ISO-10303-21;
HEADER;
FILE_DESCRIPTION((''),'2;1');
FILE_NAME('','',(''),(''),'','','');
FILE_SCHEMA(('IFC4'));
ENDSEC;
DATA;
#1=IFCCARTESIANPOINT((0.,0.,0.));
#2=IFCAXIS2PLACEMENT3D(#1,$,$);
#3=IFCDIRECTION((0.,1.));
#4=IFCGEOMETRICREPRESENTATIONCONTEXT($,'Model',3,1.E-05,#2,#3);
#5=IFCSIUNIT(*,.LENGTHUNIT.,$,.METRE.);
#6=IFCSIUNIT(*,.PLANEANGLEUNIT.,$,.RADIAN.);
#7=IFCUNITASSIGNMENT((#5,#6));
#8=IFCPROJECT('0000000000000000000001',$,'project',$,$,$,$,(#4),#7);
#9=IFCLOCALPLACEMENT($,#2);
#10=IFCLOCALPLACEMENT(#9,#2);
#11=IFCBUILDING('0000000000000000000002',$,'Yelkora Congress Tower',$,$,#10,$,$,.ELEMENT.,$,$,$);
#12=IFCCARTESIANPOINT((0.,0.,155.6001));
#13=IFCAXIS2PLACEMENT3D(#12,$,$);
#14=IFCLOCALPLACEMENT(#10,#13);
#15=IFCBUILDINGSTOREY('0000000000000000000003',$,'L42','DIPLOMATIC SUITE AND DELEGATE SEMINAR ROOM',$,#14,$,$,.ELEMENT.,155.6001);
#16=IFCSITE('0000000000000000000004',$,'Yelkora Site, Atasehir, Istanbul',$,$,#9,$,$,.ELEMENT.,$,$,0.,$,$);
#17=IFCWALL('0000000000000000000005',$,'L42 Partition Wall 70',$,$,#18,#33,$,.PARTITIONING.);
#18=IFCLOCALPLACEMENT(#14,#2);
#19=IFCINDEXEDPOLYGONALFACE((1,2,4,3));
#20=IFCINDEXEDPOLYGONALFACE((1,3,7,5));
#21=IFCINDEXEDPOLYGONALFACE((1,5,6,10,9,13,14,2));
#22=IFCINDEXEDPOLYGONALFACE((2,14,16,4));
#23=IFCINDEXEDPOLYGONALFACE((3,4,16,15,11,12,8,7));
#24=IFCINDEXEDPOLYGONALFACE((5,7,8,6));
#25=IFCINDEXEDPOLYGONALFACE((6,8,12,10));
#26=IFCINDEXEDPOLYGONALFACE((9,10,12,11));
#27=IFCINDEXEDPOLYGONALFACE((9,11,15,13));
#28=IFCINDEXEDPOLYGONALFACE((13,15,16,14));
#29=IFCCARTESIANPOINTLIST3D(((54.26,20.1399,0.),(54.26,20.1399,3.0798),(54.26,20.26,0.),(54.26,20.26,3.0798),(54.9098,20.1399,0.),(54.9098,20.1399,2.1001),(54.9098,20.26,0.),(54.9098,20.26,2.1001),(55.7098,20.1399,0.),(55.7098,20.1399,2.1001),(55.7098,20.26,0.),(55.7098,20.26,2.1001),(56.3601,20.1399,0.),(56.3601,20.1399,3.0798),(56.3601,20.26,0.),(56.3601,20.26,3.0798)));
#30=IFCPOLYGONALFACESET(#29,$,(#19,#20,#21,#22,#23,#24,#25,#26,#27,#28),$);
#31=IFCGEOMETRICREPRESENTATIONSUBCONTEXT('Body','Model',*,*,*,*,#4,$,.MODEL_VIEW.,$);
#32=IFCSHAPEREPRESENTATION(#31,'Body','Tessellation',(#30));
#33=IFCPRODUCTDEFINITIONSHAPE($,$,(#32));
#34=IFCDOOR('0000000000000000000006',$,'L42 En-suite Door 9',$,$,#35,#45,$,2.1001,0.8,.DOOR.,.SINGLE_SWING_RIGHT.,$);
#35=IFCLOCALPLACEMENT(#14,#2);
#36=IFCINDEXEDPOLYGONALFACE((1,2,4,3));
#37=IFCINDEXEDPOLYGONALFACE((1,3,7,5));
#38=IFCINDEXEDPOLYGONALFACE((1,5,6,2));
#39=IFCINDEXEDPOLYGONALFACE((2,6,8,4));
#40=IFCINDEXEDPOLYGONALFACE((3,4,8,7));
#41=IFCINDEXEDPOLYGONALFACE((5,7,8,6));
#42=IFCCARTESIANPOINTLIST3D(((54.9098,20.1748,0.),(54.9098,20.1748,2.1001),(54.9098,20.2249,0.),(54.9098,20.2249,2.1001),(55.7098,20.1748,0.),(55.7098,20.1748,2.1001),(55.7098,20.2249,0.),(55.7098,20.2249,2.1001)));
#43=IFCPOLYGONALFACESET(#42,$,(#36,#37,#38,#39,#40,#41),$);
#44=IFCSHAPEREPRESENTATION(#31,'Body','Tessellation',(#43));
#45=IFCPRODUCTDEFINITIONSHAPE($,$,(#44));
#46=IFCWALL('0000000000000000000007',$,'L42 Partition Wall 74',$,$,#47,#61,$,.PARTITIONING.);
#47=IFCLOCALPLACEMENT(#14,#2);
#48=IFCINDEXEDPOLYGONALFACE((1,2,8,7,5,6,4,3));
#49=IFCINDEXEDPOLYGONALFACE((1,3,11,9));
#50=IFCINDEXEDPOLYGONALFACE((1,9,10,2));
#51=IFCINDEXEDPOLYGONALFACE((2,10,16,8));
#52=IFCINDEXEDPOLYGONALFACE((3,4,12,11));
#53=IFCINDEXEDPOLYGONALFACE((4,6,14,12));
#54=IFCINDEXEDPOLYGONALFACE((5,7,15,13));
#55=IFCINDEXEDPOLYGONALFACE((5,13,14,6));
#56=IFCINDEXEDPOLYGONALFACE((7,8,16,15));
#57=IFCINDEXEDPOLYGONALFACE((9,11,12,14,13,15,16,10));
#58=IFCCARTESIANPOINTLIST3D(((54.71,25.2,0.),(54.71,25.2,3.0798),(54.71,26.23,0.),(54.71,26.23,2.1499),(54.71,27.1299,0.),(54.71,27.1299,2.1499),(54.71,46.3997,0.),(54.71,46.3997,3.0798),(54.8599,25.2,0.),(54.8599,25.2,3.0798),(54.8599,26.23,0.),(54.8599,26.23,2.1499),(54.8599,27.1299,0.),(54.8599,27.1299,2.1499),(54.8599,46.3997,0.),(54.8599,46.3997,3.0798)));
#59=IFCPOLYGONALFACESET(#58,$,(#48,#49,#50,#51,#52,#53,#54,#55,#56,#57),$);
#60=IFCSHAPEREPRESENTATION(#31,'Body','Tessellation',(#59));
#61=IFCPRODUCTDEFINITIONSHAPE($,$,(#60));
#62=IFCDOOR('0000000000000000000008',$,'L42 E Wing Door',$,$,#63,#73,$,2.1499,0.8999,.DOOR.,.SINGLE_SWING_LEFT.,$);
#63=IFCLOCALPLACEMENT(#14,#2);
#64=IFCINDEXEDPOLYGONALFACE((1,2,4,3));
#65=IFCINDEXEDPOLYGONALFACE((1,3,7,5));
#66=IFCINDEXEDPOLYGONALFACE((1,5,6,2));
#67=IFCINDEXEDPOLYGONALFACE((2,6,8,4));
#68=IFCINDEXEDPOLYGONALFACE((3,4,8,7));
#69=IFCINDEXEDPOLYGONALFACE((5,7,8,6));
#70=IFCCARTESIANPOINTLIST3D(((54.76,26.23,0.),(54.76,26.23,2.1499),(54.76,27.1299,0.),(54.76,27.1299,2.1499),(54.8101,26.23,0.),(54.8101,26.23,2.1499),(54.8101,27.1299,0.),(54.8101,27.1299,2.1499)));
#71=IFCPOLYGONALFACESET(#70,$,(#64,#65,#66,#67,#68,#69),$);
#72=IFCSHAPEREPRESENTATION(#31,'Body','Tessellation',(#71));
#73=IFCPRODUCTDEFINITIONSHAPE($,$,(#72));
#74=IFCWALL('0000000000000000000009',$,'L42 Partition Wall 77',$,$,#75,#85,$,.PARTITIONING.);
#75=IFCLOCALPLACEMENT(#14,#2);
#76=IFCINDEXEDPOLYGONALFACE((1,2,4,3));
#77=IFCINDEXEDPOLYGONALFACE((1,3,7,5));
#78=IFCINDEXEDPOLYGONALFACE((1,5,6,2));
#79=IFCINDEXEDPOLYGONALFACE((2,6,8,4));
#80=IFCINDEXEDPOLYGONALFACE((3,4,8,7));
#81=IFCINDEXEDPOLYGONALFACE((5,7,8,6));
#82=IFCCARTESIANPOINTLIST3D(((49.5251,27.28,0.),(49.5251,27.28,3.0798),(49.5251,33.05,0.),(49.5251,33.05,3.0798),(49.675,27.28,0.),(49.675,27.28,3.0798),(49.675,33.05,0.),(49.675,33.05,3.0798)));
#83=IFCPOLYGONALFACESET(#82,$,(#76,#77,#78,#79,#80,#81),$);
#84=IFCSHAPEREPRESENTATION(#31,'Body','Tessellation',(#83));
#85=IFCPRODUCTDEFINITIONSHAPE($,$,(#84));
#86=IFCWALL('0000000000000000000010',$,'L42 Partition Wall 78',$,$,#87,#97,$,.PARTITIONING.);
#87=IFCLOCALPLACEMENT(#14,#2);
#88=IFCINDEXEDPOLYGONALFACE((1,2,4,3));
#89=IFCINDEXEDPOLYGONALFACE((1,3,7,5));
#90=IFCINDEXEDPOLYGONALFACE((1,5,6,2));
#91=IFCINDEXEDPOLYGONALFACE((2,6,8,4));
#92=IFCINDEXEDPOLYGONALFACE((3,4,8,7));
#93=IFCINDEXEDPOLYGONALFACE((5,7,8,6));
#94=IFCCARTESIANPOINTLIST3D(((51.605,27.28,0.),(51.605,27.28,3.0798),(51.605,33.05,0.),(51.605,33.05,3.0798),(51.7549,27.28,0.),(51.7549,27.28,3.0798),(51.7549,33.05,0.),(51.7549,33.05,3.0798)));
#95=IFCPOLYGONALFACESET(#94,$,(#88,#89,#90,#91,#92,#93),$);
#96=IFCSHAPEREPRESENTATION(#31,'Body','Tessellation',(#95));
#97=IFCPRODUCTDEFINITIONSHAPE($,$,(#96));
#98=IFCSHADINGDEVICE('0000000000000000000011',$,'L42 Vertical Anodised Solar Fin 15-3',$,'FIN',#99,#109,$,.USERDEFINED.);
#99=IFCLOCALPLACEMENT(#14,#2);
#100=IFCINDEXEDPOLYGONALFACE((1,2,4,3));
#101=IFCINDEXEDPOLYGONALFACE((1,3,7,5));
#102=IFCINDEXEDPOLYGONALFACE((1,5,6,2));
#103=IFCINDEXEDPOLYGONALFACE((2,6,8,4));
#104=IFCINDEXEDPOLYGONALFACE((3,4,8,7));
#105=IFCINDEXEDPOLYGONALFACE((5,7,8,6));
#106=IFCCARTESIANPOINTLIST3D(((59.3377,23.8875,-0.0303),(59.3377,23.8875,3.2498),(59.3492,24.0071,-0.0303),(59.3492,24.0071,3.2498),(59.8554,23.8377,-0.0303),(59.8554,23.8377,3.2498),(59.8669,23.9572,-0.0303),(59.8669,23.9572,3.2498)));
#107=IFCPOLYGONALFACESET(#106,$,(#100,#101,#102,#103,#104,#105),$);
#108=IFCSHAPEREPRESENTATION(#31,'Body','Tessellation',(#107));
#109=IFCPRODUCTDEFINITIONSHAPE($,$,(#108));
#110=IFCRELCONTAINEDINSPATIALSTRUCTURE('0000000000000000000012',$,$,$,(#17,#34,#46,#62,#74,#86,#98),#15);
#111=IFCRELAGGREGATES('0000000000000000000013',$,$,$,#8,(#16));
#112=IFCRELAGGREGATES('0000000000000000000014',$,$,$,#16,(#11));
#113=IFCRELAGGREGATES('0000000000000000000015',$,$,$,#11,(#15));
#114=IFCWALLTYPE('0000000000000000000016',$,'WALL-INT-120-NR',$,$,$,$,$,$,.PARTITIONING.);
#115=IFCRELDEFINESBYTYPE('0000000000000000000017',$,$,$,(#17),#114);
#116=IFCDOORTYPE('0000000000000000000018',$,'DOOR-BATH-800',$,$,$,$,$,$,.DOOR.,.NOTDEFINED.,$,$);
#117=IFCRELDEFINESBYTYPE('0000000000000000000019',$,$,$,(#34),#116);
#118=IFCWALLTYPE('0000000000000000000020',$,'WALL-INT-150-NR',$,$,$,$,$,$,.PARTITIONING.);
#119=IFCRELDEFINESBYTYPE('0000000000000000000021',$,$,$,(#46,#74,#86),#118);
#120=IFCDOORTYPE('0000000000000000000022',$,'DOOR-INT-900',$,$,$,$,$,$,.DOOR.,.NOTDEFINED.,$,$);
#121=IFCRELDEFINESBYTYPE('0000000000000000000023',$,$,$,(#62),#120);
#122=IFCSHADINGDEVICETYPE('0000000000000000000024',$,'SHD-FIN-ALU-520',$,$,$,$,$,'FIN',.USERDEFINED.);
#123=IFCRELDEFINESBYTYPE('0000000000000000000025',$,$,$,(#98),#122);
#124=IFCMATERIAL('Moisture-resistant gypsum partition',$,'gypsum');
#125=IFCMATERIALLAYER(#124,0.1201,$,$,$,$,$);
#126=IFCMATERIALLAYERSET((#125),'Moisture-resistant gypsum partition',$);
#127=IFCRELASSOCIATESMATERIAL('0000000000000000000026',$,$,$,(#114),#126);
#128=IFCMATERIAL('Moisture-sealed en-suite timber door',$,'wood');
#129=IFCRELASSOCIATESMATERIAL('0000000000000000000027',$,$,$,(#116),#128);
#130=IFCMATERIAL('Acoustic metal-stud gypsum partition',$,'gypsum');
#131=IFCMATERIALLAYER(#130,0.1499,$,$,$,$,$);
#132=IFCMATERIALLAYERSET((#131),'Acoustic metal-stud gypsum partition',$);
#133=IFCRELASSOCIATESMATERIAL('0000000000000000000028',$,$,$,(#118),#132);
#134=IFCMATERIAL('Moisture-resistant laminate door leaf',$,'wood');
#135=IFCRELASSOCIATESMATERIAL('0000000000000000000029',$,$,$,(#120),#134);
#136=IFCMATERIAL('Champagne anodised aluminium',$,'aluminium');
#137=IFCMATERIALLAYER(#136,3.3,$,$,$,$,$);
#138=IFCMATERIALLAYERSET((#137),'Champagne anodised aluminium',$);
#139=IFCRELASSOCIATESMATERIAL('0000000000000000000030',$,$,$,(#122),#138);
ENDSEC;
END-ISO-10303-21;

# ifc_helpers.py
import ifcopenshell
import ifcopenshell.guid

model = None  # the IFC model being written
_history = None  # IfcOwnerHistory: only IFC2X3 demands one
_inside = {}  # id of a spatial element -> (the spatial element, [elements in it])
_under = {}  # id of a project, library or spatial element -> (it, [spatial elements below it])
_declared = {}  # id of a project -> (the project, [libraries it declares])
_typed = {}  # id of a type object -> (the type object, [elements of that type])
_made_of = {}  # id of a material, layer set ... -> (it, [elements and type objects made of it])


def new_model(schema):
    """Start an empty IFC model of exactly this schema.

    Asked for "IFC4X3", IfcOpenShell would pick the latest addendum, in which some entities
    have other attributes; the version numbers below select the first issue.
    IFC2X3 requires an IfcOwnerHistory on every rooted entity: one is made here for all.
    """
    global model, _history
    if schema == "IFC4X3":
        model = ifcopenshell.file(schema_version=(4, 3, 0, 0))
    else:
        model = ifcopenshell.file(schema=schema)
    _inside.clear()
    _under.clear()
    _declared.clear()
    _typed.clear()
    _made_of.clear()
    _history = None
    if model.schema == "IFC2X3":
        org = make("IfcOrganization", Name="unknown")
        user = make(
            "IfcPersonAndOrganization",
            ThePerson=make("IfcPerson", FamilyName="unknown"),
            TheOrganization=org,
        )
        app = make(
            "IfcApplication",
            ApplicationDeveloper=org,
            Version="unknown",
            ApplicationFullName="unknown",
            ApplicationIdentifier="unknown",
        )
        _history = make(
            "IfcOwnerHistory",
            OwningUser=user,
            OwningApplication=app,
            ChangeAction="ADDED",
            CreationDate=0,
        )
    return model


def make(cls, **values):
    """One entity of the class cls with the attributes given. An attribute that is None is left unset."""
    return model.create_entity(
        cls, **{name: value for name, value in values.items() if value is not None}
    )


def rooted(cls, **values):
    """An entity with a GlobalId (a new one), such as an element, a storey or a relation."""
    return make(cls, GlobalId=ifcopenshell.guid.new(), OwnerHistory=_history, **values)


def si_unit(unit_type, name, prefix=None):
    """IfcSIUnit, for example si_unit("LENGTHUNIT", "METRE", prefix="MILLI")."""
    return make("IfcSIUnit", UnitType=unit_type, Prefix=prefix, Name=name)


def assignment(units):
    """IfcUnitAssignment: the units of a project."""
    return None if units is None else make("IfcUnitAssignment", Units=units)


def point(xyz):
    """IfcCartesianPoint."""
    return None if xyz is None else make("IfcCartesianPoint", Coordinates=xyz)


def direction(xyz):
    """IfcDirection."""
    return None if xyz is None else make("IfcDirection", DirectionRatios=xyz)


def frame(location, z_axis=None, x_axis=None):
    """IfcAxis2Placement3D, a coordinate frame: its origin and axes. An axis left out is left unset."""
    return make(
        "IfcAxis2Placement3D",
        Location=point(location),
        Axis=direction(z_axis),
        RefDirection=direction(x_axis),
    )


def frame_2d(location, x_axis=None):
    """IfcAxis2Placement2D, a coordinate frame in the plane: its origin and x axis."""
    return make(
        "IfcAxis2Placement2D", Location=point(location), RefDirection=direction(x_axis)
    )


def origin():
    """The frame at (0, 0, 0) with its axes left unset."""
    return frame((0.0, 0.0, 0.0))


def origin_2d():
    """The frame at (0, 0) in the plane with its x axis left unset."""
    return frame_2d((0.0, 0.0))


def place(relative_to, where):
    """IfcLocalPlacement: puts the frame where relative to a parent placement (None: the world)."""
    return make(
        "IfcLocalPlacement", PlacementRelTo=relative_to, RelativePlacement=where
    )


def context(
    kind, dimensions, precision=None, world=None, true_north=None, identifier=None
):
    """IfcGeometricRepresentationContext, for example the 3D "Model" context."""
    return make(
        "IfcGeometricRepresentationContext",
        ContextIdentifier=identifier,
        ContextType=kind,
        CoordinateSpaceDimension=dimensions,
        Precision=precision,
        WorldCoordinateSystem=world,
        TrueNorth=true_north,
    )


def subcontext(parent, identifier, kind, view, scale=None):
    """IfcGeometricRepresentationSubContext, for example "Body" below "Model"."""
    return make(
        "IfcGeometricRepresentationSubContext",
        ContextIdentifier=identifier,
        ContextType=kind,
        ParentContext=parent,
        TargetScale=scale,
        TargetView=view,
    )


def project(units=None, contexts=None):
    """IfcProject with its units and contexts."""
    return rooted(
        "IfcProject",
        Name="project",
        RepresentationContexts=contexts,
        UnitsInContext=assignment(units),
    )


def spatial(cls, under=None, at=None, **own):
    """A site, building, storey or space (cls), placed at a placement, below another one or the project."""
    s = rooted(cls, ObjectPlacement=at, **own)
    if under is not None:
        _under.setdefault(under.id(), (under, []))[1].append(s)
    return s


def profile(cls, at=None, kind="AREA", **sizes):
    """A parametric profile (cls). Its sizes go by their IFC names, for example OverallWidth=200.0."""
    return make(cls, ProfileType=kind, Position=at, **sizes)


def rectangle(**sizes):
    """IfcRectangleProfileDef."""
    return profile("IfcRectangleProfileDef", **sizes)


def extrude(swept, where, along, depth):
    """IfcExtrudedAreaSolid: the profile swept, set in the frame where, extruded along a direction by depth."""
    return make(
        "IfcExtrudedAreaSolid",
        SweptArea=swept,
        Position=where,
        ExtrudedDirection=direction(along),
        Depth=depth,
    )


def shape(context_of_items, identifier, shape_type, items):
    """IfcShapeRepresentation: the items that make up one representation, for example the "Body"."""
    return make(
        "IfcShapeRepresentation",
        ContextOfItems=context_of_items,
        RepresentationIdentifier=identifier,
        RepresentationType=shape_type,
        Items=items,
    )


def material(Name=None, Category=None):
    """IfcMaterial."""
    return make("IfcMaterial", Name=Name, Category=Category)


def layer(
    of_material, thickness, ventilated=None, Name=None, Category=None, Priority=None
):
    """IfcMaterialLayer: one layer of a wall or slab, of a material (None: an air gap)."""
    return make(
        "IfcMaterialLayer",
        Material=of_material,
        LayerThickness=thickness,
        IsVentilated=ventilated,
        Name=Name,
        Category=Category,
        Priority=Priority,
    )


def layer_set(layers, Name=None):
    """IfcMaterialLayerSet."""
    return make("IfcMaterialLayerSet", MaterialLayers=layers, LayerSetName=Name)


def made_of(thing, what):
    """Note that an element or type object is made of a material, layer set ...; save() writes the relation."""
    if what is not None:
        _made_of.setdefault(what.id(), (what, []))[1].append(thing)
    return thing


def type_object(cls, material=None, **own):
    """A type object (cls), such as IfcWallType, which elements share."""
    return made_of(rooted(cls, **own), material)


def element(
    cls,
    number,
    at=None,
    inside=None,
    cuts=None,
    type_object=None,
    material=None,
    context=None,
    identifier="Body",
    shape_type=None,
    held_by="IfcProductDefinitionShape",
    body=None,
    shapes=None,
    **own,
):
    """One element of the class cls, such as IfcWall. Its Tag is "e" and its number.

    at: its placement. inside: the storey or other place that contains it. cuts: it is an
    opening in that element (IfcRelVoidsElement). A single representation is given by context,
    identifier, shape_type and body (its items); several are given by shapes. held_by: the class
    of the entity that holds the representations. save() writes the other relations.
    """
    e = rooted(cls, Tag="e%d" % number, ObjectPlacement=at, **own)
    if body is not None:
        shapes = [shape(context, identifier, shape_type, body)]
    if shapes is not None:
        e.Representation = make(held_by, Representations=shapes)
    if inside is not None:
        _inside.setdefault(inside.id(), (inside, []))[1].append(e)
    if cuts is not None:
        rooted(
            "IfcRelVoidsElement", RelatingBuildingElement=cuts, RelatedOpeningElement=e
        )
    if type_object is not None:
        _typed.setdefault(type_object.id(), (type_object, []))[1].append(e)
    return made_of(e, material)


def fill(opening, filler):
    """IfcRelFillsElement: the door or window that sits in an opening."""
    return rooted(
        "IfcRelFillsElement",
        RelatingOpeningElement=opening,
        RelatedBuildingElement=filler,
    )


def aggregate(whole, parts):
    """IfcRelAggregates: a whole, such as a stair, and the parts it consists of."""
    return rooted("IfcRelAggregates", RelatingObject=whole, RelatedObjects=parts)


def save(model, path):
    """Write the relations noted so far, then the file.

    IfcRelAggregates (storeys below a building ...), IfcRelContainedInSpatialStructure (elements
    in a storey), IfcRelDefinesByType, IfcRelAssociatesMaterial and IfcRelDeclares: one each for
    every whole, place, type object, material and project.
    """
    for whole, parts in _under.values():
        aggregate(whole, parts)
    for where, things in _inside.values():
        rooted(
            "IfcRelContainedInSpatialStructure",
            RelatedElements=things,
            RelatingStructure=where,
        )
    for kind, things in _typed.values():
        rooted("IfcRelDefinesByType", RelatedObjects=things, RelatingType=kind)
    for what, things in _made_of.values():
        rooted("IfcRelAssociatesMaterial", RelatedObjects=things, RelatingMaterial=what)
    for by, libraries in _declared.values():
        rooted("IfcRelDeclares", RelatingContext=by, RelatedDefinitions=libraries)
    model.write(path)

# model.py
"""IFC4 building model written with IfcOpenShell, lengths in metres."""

from ifc_helpers import new_model, si_unit, direction, frame, frame_2d, origin, origin_2d, place, context, subcontext, project, spatial, rectangle, extrude, material, layer, layer_set, type_object, element, fill, save


model = new_model("IFC4")

# Units and contexts
model_context = context("Model", 3, precision=1e-05, world=origin(), true_north=direction((0.0, 1.0)))
body_context = subcontext(model_context, "Body", "Model", "MODEL_VIEW")
ifc_project = project(units=[si_unit("LENGTHUNIT", "METRE"), si_unit("PLANEANGLEUNIT", "RADIAN")], contexts=[model_context])

# Site, building, storey
site_placement = place(None, origin())
site = spatial("IfcSite", under=ifc_project, at=site_placement, Name="Yelkora Site, Atasehir, Istanbul", CompositionType="ELEMENT", RefElevation=0.0)
building_placement = place(site_placement, origin())
building = spatial("IfcBuilding", under=site, at=building_placement, Name="Yelkora Congress Tower", CompositionType="ELEMENT")
storey_placement = place(building_placement, frame((0.0, 0.0, 155.6001)))
storey = spatial("IfcBuildingStorey", under=building, at=storey_placement, Name="L42", Description="DIPLOMATIC SUITE AND DELEGATE SEMINAR ROOM", CompositionType="ELEMENT", Elevation=155.6001)

# Shared definitions
ifc_material_1 = material(Name="Moisture-resistant gypsum partition", Category="gypsum")
ifc_layer_1 = layer(ifc_material_1, 0.1201)
ifc_layer_set_1 = layer_set([ifc_layer_1], Name="Moisture-resistant gypsum partition")
wall_type_1 = type_object("IfcWallType", Name="WALL-INT-120-NR", PredefinedType="PARTITIONING", material=ifc_layer_set_1)

# Walls, openings, doors
wall_1_placement = place(storey_placement, frame((54.26, 20.2, 0.0), z_axis=(0.0, 0.0, 1.0), x_axis=(1.0, 0.0, 0.0)))
wall_1 = element("IfcWall", 1, at=wall_1_placement, inside=storey, type_object=wall_type_1, Name="L42 Partition Wall 70", PredefinedType="PARTITIONING", context=body_context, shape_type="SweptSolid", body=[
    extrude(rectangle(XDim=2.1001, YDim=0.1201, at=frame_2d((1.05, 0.0))), origin(), (0.0, 0.0, 1.0), 3.0798),
])
opening_1_placement = place(wall_1_placement, frame((0.6499, 0.0, 0.0)))
opening_1 = element("IfcOpeningElement", 2, at=opening_1_placement, cuts=wall_1, PredefinedType="OPENING", context=body_context, shape_type="SweptSolid", body=[
    extrude(rectangle(XDim=0.8, YDim=2.1001, at=frame_2d((0.3999, 1.05))), frame((0.0, 0.0701, 0.0), z_axis=(0.0, -1.0, 0.0), x_axis=(1.0, 0.0, 0.0)), (0.0, 0.0, 1.0), 0.1401),
])
ifc_material_2 = material(Name="Moisture-sealed en-suite timber door", Category="wood")
door_type_1 = type_object("IfcDoorType", Name="DOOR-BATH-800", OperationType="NOTDEFINED", PredefinedType="DOOR", material=ifc_material_2)
door_1_placement = place(opening_1_placement, origin())
door_1 = element("IfcDoor", 3, at=door_1_placement, inside=storey, type_object=door_type_1, Name="L42 En-suite Door 9", OperationType="SINGLE_SWING_RIGHT", OverallHeight=2.1001, OverallWidth=0.8, PredefinedType="DOOR", context=body_context, shape_type="SweptSolid", body=[
    extrude(rectangle(XDim=0.8, YDim=2.1001, at=frame_2d((0.3999, 1.05))), frame((0.0, 0.0249, 0.0), z_axis=(0.0, -1.0, 0.0), x_axis=(1.0, 0.0, 0.0)), (0.0, 0.0, 1.0), 0.05),
])
fill(opening_1, door_1)
ifc_material_3 = material(Name="Acoustic metal-stud gypsum partition", Category="gypsum")
ifc_layer_2 = layer(ifc_material_3, 0.1499)
ifc_layer_set_2 = layer_set([ifc_layer_2], Name="Acoustic metal-stud gypsum partition")
wall_type_2 = type_object("IfcWallType", Name="WALL-INT-150-NR", PredefinedType="PARTITIONING", material=ifc_layer_set_2)
wall_2_placement = place(storey_placement, frame((54.7849, 25.2, 0.0), z_axis=(0.0, 0.0, 1.0), x_axis=(0.0, 1.0, 0.0)))
wall_2 = element("IfcWall", 4, at=wall_2_placement, inside=storey, type_object=wall_type_2, Name="L42 Partition Wall 74", PredefinedType="PARTITIONING", context=body_context, shape_type="SweptSolid", body=[
    extrude(rectangle(XDim=21.1997, YDim=0.1499, at=frame_2d((10.5999, 0.0))), origin(), (0.0, 0.0, 1.0), 3.0798),
])
opening_2_placement = place(wall_2_placement, frame((1.03, 0.0, 0.0)))
opening_2 = element("IfcOpeningElement", 5, at=opening_2_placement, cuts=wall_2, PredefinedType="OPENING", context=body_context, shape_type="SweptSolid", body=[
    extrude(rectangle(XDim=0.8999, YDim=2.1499, at=frame_2d((0.45, 1.075))), frame((0.0, 0.085, 0.0), z_axis=(0.0, -1.0, 0.0), x_axis=(1.0, 0.0, 0.0)), (0.0, 0.0, 1.0), 0.1699),
])
ifc_material_4 = material(Name="Moisture-resistant laminate door leaf", Category="wood")
door_type_2 = type_object("IfcDoorType", Name="DOOR-INT-900", OperationType="NOTDEFINED", PredefinedType="DOOR", material=ifc_material_4)
door_2_placement = place(opening_2_placement, origin())
door_2 = element("IfcDoor", 6, at=door_2_placement, inside=storey, type_object=door_type_2, Name="L42 E Wing Door", OperationType="SINGLE_SWING_LEFT", OverallHeight=2.1499, OverallWidth=0.8999, PredefinedType="DOOR", context=body_context, shape_type="SweptSolid", body=[
    extrude(rectangle(XDim=0.8999, YDim=2.1499, at=frame_2d((0.45, 1.075))), frame((0.0, 0.0249, 0.0), z_axis=(0.0, -1.0, 0.0), x_axis=(1.0, 0.0, 0.0)), (0.0, 0.0, 1.0), 0.05),
])
fill(opening_2, door_2)

# Walls
for number, where, z_axis, x_axis, name in (
    (7, (49.6001, 27.28, 0.0), (0.0, 0.0, 1.0), (0.0, 1.0, 0.0), "L42 Partition Wall 77"),
    (8, (51.6799, 27.28, 0.0), (0.0, 0.0, 1.0), (0.0, 1.0, 0.0), "L42 Partition Wall 78"),
):
    element("IfcWall", number, at=place(storey_placement, frame(where, z_axis=z_axis, x_axis=x_axis)), inside=storey, type_object=wall_type_2, Name=name, PredefinedType="PARTITIONING", context=body_context, shape_type="SweptSolid", body=[
        extrude(rectangle(XDim=5.77, YDim=0.1499, at=frame_2d((2.885, 0.0))), origin(), (0.0, 0.0, 1.0), 3.0798),
    ])

# Shading device
ifc_material_5 = material(Name="Champagne anodised aluminium", Category="aluminium")
ifc_layer_3 = layer(ifc_material_5, 3.3)
ifc_layer_set_3 = layer_set([ifc_layer_3], Name="Champagne anodised aluminium")
shading_device_type = type_object("IfcShadingDeviceType", Name="SHD-FIN-ALU-520", ElementType="FIN", PredefinedType="USERDEFINED", material=ifc_layer_set_3)
shading_device_placement = place(storey_placement, frame((59.6023, 23.9224, -0.0303), z_axis=(0.0, 0.0, 1.0), x_axis=(-0.095846, -0.995396, 0.0)))
element("IfcShadingDevice", 9, at=shading_device_placement, inside=storey, type_object=shading_device_type, Name="L42 Vertical Anodised Solar Fin 15-3", ObjectType="FIN", PredefinedType="USERDEFINED", context=body_context, shape_type="SweptSolid", body=[
    extrude(rectangle(XDim=0.1201, YDim=0.52, at=origin_2d()), origin(), (0.0, 0.0, 1.0), 3.28),
])

save(model, "model.ifc")
